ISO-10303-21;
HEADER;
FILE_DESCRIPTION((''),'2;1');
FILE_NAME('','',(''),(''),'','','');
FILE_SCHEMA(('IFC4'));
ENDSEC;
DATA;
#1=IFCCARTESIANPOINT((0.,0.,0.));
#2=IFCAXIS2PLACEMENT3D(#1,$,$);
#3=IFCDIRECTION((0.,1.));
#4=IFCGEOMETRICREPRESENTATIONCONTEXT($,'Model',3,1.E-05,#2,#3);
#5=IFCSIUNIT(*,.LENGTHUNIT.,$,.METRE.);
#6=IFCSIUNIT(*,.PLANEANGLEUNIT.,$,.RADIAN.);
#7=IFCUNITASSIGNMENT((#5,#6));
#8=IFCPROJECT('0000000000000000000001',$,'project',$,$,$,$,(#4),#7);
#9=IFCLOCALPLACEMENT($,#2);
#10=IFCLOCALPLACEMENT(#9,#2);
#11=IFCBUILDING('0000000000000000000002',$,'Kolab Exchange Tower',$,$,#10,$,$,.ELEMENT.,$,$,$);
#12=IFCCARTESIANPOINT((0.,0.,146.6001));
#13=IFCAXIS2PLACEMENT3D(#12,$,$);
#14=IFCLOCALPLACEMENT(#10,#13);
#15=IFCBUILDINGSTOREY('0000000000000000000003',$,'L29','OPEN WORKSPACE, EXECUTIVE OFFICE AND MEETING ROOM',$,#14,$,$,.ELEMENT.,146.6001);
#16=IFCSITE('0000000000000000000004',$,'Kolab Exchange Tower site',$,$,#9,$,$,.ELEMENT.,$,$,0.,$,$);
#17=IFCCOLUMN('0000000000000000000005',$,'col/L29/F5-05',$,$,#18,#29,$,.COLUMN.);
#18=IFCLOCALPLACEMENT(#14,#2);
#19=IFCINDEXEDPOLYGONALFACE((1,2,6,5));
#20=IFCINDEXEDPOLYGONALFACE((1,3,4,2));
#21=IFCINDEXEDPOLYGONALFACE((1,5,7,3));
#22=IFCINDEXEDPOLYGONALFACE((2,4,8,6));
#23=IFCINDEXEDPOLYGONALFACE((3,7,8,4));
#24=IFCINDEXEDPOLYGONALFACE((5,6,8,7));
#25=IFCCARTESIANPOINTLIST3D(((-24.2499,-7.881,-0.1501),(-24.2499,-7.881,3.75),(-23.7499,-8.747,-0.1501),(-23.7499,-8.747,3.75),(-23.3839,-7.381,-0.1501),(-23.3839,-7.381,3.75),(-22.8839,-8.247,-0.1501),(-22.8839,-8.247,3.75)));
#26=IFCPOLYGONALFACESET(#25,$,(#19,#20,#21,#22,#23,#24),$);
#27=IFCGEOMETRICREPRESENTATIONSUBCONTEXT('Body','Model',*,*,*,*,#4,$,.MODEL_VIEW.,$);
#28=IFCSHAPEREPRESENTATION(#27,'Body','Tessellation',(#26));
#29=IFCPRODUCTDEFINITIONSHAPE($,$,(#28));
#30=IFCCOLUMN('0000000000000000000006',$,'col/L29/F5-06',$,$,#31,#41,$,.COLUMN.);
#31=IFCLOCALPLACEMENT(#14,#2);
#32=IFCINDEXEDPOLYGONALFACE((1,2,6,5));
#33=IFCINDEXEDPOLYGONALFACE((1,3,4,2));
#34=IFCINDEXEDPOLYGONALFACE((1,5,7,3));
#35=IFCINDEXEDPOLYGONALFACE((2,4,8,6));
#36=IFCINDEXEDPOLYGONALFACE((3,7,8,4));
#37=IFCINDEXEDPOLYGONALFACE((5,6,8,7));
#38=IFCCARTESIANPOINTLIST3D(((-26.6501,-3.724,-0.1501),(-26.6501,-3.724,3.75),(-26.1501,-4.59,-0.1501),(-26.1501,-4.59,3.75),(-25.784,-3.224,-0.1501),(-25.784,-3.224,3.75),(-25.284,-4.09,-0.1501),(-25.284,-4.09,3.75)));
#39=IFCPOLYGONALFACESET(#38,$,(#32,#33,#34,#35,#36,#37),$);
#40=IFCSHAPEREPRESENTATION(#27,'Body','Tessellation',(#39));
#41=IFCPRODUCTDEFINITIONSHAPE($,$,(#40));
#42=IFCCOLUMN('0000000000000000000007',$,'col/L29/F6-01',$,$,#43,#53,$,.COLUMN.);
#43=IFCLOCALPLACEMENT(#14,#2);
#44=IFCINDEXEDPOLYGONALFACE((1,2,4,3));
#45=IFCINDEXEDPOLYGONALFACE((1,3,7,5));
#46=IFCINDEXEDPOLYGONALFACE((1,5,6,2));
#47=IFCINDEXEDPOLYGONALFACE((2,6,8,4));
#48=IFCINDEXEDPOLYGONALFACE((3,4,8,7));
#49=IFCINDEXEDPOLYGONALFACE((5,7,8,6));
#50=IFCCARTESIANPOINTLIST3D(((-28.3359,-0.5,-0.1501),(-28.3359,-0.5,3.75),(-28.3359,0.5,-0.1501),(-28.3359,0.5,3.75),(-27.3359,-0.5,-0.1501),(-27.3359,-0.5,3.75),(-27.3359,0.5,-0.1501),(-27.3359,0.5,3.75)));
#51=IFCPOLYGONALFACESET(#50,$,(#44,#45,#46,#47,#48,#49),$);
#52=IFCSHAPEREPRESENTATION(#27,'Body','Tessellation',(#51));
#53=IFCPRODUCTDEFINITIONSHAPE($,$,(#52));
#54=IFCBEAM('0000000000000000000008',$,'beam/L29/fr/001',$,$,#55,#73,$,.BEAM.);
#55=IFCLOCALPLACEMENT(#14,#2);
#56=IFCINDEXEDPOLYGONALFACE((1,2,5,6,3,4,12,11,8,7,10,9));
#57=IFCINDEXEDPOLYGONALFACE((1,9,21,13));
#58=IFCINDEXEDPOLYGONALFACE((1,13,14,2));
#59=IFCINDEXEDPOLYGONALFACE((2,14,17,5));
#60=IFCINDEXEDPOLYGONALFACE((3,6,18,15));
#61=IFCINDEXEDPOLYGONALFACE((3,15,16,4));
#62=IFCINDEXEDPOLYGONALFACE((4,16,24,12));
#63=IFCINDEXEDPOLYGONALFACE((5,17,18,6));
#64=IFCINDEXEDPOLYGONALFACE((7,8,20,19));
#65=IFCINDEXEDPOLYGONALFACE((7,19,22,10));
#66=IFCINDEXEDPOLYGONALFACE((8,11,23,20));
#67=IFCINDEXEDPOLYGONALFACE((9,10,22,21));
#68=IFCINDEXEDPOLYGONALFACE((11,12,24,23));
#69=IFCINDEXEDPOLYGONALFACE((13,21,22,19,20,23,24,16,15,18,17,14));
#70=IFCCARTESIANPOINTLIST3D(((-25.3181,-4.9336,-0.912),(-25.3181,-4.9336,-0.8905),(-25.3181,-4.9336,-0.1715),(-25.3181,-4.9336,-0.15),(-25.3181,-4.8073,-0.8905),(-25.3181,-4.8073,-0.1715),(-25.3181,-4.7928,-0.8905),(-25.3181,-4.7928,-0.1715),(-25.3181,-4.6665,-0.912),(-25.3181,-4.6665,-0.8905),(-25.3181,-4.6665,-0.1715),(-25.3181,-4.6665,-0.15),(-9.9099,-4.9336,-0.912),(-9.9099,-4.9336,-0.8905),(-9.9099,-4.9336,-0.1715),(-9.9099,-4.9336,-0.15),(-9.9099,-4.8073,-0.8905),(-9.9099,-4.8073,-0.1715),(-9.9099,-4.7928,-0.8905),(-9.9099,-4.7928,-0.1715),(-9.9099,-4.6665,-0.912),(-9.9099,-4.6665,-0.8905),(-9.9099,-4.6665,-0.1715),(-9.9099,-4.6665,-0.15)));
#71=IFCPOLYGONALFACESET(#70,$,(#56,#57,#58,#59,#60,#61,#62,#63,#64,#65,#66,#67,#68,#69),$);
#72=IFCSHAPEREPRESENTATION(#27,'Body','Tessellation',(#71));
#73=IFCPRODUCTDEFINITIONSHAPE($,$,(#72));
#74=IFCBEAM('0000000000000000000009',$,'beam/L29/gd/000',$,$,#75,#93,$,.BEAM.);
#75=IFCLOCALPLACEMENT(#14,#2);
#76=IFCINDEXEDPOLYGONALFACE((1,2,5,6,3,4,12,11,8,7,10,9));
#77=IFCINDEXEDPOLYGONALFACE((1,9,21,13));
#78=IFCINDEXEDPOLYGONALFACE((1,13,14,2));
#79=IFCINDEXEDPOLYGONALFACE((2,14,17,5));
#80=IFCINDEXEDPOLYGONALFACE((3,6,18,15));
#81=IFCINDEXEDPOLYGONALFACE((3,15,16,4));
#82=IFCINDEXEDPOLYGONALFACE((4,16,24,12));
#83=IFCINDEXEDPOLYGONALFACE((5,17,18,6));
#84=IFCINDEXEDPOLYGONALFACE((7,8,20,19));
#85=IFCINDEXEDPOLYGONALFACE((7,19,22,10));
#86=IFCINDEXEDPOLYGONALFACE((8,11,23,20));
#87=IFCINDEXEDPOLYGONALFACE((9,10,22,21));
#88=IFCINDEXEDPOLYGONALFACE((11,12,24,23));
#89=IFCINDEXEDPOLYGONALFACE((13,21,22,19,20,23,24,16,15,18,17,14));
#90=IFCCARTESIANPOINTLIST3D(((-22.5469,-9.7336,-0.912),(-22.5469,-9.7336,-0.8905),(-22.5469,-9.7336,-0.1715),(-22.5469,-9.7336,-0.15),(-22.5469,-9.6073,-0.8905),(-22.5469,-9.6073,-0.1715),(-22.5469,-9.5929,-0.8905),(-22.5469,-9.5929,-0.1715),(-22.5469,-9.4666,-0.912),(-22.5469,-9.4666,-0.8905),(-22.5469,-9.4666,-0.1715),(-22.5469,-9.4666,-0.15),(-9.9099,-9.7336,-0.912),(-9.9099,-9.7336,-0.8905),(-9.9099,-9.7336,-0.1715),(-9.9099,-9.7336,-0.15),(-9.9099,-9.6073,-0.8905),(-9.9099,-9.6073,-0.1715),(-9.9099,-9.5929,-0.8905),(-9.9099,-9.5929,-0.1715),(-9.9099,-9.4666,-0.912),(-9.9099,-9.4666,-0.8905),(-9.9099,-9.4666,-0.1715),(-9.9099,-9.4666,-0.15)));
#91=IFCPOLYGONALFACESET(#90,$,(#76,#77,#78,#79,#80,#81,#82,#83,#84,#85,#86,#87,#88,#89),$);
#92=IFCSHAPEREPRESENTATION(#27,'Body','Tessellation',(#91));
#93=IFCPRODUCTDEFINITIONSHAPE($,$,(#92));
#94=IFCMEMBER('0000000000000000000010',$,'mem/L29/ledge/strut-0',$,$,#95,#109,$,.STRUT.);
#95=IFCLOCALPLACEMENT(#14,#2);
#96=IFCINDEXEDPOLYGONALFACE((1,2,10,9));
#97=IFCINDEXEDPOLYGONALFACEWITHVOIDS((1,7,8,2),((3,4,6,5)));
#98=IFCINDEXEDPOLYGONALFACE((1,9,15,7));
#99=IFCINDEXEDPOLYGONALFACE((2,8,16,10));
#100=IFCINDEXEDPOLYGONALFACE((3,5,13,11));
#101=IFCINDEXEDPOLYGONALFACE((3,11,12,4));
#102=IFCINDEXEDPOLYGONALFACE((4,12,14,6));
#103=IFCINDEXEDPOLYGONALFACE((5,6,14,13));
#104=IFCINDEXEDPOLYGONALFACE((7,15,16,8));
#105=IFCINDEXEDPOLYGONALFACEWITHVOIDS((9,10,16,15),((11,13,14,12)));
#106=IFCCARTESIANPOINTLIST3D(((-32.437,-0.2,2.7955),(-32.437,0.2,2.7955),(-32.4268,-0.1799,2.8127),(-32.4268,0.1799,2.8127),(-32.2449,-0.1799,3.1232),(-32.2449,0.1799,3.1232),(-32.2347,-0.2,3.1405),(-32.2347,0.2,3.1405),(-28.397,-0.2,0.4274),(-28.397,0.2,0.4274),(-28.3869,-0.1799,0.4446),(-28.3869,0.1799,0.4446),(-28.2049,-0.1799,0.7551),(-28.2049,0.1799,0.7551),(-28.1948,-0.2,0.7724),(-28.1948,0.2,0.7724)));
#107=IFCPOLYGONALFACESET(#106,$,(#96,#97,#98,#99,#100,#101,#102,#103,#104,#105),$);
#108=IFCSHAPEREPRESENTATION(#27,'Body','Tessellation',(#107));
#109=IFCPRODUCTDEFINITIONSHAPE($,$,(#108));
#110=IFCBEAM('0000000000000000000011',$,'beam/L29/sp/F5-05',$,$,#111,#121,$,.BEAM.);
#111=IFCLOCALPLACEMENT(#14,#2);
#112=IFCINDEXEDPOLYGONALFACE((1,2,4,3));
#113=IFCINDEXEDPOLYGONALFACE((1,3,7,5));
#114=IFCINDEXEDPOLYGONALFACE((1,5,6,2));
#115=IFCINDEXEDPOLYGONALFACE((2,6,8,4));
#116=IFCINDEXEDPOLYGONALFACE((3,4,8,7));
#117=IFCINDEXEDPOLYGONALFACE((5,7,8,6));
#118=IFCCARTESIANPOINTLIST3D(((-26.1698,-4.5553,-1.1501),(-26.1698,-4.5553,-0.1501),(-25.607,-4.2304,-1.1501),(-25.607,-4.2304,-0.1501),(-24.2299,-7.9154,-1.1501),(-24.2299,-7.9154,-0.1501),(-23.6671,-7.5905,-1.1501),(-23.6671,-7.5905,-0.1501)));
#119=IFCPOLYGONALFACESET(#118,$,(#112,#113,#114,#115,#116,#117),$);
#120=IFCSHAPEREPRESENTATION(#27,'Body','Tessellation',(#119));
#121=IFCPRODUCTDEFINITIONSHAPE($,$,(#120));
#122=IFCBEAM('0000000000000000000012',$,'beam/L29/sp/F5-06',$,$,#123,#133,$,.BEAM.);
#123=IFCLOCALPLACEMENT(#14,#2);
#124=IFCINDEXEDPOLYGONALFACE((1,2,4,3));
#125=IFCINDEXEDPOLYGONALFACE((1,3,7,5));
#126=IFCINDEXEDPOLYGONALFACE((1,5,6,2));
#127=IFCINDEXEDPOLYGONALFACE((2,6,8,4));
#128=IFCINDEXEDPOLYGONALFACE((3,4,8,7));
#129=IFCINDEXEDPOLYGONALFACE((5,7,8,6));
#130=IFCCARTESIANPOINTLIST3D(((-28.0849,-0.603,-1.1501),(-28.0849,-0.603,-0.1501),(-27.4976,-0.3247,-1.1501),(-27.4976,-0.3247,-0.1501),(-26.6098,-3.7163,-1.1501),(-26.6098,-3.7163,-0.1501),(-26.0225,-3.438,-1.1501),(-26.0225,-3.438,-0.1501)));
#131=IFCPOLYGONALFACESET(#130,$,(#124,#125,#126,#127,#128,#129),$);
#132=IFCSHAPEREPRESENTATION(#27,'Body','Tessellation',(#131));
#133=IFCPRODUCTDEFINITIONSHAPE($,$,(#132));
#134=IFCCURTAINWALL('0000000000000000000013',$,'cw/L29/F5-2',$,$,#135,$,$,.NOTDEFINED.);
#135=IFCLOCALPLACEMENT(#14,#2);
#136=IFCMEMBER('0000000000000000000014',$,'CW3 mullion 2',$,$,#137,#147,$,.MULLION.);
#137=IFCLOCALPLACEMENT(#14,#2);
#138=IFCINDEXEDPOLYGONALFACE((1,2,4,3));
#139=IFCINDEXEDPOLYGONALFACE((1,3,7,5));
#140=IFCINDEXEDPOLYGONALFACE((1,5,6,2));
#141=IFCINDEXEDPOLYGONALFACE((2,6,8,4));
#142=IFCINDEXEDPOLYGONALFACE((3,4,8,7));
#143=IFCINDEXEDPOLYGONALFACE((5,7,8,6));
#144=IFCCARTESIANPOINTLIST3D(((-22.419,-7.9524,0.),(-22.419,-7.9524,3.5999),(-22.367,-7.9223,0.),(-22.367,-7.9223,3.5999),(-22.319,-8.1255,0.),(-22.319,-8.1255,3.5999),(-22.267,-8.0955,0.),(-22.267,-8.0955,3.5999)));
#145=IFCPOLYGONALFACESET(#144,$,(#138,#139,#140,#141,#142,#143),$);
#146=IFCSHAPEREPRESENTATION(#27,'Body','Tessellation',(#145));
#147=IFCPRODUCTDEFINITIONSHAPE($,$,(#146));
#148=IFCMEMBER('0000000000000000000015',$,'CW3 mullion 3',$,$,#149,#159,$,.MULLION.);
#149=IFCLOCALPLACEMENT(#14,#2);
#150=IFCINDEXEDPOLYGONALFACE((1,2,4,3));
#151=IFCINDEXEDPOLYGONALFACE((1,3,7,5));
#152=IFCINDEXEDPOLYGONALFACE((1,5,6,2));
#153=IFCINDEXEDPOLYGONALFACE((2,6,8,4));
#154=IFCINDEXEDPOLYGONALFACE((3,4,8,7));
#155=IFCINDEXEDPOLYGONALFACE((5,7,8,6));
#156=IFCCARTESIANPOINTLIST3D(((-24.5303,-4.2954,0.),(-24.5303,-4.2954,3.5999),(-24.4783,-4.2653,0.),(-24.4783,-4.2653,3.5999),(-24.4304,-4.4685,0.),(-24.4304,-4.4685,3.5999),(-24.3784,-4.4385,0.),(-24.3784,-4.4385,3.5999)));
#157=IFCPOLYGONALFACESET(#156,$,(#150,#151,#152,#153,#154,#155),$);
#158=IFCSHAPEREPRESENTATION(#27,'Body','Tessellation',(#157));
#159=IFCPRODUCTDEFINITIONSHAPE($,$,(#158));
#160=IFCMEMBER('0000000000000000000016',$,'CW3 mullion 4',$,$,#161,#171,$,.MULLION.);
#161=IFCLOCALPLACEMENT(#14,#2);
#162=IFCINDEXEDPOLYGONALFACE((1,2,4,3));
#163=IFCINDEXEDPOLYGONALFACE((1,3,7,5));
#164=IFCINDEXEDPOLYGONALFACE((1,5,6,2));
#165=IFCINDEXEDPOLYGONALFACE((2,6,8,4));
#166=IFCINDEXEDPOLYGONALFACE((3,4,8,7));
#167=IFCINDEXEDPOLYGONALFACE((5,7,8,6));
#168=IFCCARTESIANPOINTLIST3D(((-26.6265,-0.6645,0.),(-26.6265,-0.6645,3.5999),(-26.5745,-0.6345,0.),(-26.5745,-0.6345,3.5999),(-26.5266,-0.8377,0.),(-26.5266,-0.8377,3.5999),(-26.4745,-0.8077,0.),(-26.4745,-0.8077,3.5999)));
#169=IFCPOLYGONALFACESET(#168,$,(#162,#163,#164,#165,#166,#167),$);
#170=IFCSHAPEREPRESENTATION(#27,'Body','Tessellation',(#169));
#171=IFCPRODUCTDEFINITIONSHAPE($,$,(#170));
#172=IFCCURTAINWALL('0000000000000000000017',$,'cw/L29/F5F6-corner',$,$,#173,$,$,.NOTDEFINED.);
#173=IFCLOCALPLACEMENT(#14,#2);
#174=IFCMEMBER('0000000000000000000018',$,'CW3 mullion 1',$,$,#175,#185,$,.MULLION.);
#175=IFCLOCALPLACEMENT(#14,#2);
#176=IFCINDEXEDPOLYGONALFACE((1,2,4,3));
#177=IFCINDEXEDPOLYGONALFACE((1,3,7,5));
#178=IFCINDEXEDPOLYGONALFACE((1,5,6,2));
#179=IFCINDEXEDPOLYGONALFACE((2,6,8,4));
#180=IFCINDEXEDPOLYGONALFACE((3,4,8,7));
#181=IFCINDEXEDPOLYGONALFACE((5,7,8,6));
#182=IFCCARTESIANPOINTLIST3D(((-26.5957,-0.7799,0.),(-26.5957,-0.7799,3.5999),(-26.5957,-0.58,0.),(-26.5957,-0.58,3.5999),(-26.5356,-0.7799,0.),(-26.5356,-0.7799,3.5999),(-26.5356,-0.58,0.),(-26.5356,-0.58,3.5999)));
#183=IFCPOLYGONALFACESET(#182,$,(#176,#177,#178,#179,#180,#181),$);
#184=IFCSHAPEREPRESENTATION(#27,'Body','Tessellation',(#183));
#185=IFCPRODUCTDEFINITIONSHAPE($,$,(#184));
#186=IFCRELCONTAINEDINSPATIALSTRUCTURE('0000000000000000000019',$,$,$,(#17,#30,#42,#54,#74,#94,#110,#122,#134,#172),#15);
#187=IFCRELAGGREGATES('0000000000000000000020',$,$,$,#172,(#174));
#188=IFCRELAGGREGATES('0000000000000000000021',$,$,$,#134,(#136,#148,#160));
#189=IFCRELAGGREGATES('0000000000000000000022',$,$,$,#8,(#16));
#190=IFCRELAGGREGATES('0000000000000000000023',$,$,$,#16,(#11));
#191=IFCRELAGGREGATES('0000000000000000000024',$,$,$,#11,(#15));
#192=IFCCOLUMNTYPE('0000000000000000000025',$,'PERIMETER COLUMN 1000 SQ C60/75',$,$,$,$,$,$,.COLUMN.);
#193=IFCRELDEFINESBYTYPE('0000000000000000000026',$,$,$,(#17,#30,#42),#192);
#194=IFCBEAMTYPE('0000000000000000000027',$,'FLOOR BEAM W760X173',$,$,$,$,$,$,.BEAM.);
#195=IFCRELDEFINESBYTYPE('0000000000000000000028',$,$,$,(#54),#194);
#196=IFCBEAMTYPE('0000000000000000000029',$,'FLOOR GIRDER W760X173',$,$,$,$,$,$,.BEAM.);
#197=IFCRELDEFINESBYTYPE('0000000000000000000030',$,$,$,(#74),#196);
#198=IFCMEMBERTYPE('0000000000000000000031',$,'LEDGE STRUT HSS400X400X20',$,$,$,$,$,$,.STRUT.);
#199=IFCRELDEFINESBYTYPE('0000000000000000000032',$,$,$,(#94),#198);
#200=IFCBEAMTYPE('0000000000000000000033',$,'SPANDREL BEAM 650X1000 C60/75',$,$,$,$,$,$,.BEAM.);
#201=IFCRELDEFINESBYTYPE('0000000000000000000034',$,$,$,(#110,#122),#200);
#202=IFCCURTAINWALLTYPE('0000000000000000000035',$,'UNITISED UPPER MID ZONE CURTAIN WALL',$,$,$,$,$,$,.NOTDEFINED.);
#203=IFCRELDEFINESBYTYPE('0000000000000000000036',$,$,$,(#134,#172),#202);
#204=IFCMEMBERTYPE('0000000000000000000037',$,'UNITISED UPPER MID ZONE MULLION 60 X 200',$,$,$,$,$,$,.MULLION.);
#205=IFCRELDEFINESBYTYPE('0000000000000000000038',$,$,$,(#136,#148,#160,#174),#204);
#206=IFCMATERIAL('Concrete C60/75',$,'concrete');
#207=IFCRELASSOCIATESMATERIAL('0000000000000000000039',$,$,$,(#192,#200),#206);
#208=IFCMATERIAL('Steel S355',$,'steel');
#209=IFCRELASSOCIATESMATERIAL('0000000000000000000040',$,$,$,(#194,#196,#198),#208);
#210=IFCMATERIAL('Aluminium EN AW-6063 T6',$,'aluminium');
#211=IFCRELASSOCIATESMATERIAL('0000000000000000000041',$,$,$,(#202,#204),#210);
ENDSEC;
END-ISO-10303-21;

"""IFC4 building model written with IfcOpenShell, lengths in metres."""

from ifc_helpers import new_model, si_unit, direction, frame, origin, origin_2d, place, context, subcontext, project, spatial, rectangle, hollow_rectangle, i_section, extrude, material, material_profile, profile_set, type_object, element, aggregate, save


model = new_model("IFC4")

# Units and contexts
model_context = context("Model", 3, precision=1e-05, world=origin(), true_north=direction((0.0, 1.0)))
body_context = subcontext(model_context, "Body", "Model", "MODEL_VIEW")
ifc_project = project(units=[si_unit("LENGTHUNIT", "METRE"), si_unit("PLANEANGLEUNIT", "RADIAN")], contexts=[model_context])

# Site, building, storey
site_placement = place(None, origin())
site = spatial("IfcSite", under=ifc_project, at=site_placement, Name="Kolab Exchange Tower site", CompositionType="ELEMENT", RefElevation=0.0)
building_placement = place(site_placement, origin())
building = spatial("IfcBuilding", under=site, at=building_placement, Name="Kolab Exchange Tower", CompositionType="ELEMENT")
storey_placement = place(building_placement, frame((0.0, 0.0, 146.6001)))
storey = spatial("IfcBuildingStorey", under=building, at=storey_placement, Name="L29", Description="OPEN WORKSPACE, EXECUTIVE OFFICE AND MEETING ROOM", CompositionType="ELEMENT", Elevation=146.6001)

# Columns
ifc_material_1 = material(Name="Concrete C60/75", Category="concrete")
ifc_material_profile_1 = material_profile(ifc_material_1, rectangle(XDim=1.0, YDim=1.0, at=origin_2d()), Name="RC1000")
ifc_profile_set_1 = profile_set([ifc_material_profile_1], Name="Concrete C60/75")
column_type = type_object("IfcColumnType", Name="PERIMETER COLUMN 1000 SQ C60/75", PredefinedType="COLUMN", material=ifc_profile_set_1)
for number, where, z_axis, x_axis, name in (
    (1, (-23.5669, -8.064, -0.1501), (0.0, 0.0, 1.0), (0.866025, 0.5, 0.0), "col/L29/F5-05"),
    (2, (-25.967, -3.907, -0.1501), (0.0, 0.0, 1.0), (0.866025, 0.5, 0.0), "col/L29/F5-06"),
    (3, (-27.8359, 0.0, -0.1501), (0.0, 0.0, 1.0), (1.0, 0.0, 0.0), "col/L29/F6-01"),
):
    element("IfcColumn", number, at=place(storey_placement, frame(where, z_axis=z_axis, x_axis=x_axis)), inside=storey, type_object=column_type, Name=name, PredefinedType="COLUMN", context=body_context, shape_type="SweptSolid", body=[
        extrude(rectangle(XDim=1.0, YDim=1.0, at=origin_2d()), origin(), (0.0, 0.0, 1.0), 3.9001),
    ])

# Beams
ifc_material_2 = material(Name="Steel S355", Category="steel")
ifc_material_profile_2 = material_profile(ifc_material_2, i_section(OverallWidth=0.2671, OverallDepth=0.762, WebThickness=0.0144, FlangeThickness=0.0215, at=origin_2d()), Name="W760X173")
ifc_profile_set_2 = profile_set([ifc_material_profile_2], Name="Steel S355")
beam_type_1 = type_object("IfcBeamType", Name="FLOOR BEAM W760X173", PredefinedType="BEAM", material=ifc_profile_set_2)
beam_1_placement = place(storey_placement, frame((-25.3181, -4.8, -0.531), z_axis=(1.0, 0.0, 0.0), x_axis=(0.0, 1.0, 0.0)))
element("IfcBeam", 4, at=beam_1_placement, inside=storey, type_object=beam_type_1, Name="beam/L29/fr/001", PredefinedType="BEAM", context=body_context, shape_type="SweptSolid", body=[
    extrude(i_section(OverallWidth=0.2671, OverallDepth=0.762, WebThickness=0.0144, FlangeThickness=0.0215, at=origin_2d()), origin(), (0.0, 0.0, 1.0), 15.4082),
])
ifc_material_profile_3 = material_profile(ifc_material_2, i_section(OverallWidth=0.2671, OverallDepth=0.762, WebThickness=0.0144, FlangeThickness=0.0215, at=origin_2d()), Name="W760X173")
ifc_profile_set_3 = profile_set([ifc_material_profile_3], Name="Steel S355")
beam_type_2 = type_object("IfcBeamType", Name="FLOOR GIRDER W760X173", PredefinedType="BEAM", material=ifc_profile_set_3)
beam_2_placement = place(storey_placement, frame((-22.5469, -9.6001, -0.531), z_axis=(1.0, 0.0, 0.0), x_axis=(0.0, 1.0, 0.0)))
element("IfcBeam", 5, at=beam_2_placement, inside=storey, type_object=beam_type_2, Name="beam/L29/gd/000", PredefinedType="BEAM", context=body_context, shape_type="SweptSolid", body=[
    extrude(i_section(OverallWidth=0.2671, OverallDepth=0.762, WebThickness=0.0144, FlangeThickness=0.0215, at=origin_2d()), origin(), (0.0, 0.0, 1.0), 12.637),
])

# Member
ifc_material_profile_4 = material_profile(ifc_material_2, hollow_rectangle(XDim=0.3999, YDim=0.3999, WallThickness=0.02, at=origin_2d()), Name="HSS400X400X20")
ifc_profile_set_4 = profile_set([ifc_material_profile_4], Name="Steel S355")
member_type_1 = type_object("IfcMemberType", Name="LEDGE STRUT HSS400X400X20", PredefinedType="STRUT", material=ifc_profile_set_4)
member_1_placement = place(storey_placement, frame((-28.2959, 0.0, 0.5999), z_axis=(-0.862711, 0.0, 0.505698), x_axis=(0.0, -1.0, 0.0)))
element("IfcMember", 6, at=member_1_placement, inside=storey, type_object=member_type_1, Name="mem/L29/ledge/strut-0", PredefinedType="STRUT", context=body_context, shape_type="SweptSolid", body=[
    extrude(hollow_rectangle(XDim=0.3999, YDim=0.3999, WallThickness=0.02, at=origin_2d()), origin(), (0.0, 0.0, 1.0), 4.6829),
])

# Beams
ifc_material_profile_5 = material_profile(ifc_material_1, rectangle(XDim=0.6499, YDim=1.0, at=origin_2d()), Name="RC650X1000")
ifc_profile_set_5 = profile_set([ifc_material_profile_5], Name="Concrete C60/75")
beam_type_3 = type_object("IfcBeamType", Name="SPANDREL BEAM 650X1000 C60/75", PredefinedType="BEAM", material=ifc_profile_set_5)
beam_3_placement = place(storey_placement, frame((-23.9485, -7.7529, -0.6501), z_axis=(-0.499997, 0.866027, 0.0), x_axis=(-0.866027, -0.499997, 0.0)))
element("IfcBeam", 7, at=beam_3_placement, inside=storey, type_object=beam_type_3, Name="beam/L29/sp/F5-05", PredefinedType="BEAM", context=body_context, shape_type="SweptSolid", body=[
    extrude(rectangle(XDim=0.6499, YDim=1.0, at=origin_2d()), origin(), (0.0, 0.0, 1.0), 3.8799),
])
beam_4_placement = place(storey_placement, frame((-26.3162, -3.5771, -0.6501), z_axis=(-0.428178, 0.903695, 0.0), x_axis=(-0.903695, -0.428178, 0.0)))
element("IfcBeam", 8, at=beam_4_placement, inside=storey, type_object=beam_type_3, Name="beam/L29/sp/F5-06", PredefinedType="BEAM", context=body_context, shape_type="SweptSolid", body=[
    extrude(rectangle(XDim=0.6499, YDim=1.0, at=origin_2d()), origin(), (0.0, 0.0, 1.0), 3.4451),
])

# Curtain wall, members
ifc_material_3 = material(Name="Aluminium EN AW-6063 T6", Category="aluminium")
curtain_wall_type = type_object("IfcCurtainWallType", Name="UNITISED UPPER MID ZONE CURTAIN WALL", PredefinedType="NOTDEFINED", material=ifc_material_3)
curtain_wall_1_placement = place(storey_placement, origin())
curtain_wall_1 = element("IfcCurtainWall", 9, at=curtain_wall_1_placement, inside=storey, type_object=curtain_wall_type, Name="cw/L29/F5-2", PredefinedType="NOTDEFINED")
ifc_material_profile_6 = material_profile(ifc_material_3, rectangle(XDim=0.0601, YDim=0.2, at=origin_2d()), Name="RECT 60X200")
ifc_profile_set_6 = profile_set([ifc_material_profile_6], Name="Aluminium EN AW-6063 T6")
member_type_2 = type_object("IfcMemberType", Name="UNITISED UPPER MID ZONE MULLION 60 X 200", PredefinedType="MULLION", material=ifc_profile_set_6)
member_2_placement = place(storey_placement, frame((-22.343, -8.0239, 0.0), z_axis=(0.0, 0.0, 1.0), x_axis=(-0.866025, -0.5, 0.0)))
member_2 = element("IfcMember", 10, at=member_2_placement, type_object=member_type_2, Name="CW3 mullion 2", PredefinedType="MULLION", context=body_context, shape_type="SweptSolid", body=[
    extrude(rectangle(XDim=0.0601, YDim=0.2, at=origin_2d()), origin(), (0.0, 0.0, 1.0), 3.5999),
])
member_3_placement = place(storey_placement, frame((-24.4543, -4.3669, 0.0), z_axis=(0.0, 0.0, 1.0), x_axis=(-0.866025, -0.5, 0.0)))
member_3 = element("IfcMember", 11, at=member_3_placement, type_object=member_type_2, Name="CW3 mullion 3", PredefinedType="MULLION", context=body_context, shape_type="SweptSolid", body=[
    extrude(rectangle(XDim=0.0601, YDim=0.2, at=origin_2d()), origin(), (0.0, 0.0, 1.0), 3.5999),
])
member_4_placement = place(storey_placement, frame((-26.5505, -0.7361, 0.0), z_axis=(0.0, 0.0, 1.0), x_axis=(-0.866025, -0.5, 0.0)))
member_4 = element("IfcMember", 12, at=member_4_placement, type_object=member_type_2, Name="CW3 mullion 4", PredefinedType="MULLION", context=body_context, shape_type="SweptSolid", body=[
    extrude(rectangle(XDim=0.0601, YDim=0.2, at=origin_2d()), origin(), (0.0, 0.0, 1.0), 3.5999),
])

# Curtain wall, member
curtain_wall_2_placement = place(storey_placement, origin())
curtain_wall_2 = element("IfcCurtainWall", 13, at=curtain_wall_2_placement, inside=storey, type_object=curtain_wall_type, Name="cw/L29/F5F6-corner", PredefinedType="NOTDEFINED")
member_5_placement = place(storey_placement, frame((-26.5657, -0.6799, 0.0), z_axis=(0.0, 0.0, 1.0), x_axis=(-1.0, 0.0, 0.0)))
member_5 = element("IfcMember", 14, at=member_5_placement, type_object=member_type_2, Name="CW3 mullion 1", PredefinedType="MULLION", context=body_context, shape_type="SweptSolid", body=[
    extrude(rectangle(XDim=0.0601, YDim=0.2, at=origin_2d()), origin(), (0.0, 0.0, 1.0), 3.5999),
])

aggregate(curtain_wall_2, [member_5])

aggregate(curtain_wall_1, [member_2, member_3, member_4])

save(model, "model.ifc")
